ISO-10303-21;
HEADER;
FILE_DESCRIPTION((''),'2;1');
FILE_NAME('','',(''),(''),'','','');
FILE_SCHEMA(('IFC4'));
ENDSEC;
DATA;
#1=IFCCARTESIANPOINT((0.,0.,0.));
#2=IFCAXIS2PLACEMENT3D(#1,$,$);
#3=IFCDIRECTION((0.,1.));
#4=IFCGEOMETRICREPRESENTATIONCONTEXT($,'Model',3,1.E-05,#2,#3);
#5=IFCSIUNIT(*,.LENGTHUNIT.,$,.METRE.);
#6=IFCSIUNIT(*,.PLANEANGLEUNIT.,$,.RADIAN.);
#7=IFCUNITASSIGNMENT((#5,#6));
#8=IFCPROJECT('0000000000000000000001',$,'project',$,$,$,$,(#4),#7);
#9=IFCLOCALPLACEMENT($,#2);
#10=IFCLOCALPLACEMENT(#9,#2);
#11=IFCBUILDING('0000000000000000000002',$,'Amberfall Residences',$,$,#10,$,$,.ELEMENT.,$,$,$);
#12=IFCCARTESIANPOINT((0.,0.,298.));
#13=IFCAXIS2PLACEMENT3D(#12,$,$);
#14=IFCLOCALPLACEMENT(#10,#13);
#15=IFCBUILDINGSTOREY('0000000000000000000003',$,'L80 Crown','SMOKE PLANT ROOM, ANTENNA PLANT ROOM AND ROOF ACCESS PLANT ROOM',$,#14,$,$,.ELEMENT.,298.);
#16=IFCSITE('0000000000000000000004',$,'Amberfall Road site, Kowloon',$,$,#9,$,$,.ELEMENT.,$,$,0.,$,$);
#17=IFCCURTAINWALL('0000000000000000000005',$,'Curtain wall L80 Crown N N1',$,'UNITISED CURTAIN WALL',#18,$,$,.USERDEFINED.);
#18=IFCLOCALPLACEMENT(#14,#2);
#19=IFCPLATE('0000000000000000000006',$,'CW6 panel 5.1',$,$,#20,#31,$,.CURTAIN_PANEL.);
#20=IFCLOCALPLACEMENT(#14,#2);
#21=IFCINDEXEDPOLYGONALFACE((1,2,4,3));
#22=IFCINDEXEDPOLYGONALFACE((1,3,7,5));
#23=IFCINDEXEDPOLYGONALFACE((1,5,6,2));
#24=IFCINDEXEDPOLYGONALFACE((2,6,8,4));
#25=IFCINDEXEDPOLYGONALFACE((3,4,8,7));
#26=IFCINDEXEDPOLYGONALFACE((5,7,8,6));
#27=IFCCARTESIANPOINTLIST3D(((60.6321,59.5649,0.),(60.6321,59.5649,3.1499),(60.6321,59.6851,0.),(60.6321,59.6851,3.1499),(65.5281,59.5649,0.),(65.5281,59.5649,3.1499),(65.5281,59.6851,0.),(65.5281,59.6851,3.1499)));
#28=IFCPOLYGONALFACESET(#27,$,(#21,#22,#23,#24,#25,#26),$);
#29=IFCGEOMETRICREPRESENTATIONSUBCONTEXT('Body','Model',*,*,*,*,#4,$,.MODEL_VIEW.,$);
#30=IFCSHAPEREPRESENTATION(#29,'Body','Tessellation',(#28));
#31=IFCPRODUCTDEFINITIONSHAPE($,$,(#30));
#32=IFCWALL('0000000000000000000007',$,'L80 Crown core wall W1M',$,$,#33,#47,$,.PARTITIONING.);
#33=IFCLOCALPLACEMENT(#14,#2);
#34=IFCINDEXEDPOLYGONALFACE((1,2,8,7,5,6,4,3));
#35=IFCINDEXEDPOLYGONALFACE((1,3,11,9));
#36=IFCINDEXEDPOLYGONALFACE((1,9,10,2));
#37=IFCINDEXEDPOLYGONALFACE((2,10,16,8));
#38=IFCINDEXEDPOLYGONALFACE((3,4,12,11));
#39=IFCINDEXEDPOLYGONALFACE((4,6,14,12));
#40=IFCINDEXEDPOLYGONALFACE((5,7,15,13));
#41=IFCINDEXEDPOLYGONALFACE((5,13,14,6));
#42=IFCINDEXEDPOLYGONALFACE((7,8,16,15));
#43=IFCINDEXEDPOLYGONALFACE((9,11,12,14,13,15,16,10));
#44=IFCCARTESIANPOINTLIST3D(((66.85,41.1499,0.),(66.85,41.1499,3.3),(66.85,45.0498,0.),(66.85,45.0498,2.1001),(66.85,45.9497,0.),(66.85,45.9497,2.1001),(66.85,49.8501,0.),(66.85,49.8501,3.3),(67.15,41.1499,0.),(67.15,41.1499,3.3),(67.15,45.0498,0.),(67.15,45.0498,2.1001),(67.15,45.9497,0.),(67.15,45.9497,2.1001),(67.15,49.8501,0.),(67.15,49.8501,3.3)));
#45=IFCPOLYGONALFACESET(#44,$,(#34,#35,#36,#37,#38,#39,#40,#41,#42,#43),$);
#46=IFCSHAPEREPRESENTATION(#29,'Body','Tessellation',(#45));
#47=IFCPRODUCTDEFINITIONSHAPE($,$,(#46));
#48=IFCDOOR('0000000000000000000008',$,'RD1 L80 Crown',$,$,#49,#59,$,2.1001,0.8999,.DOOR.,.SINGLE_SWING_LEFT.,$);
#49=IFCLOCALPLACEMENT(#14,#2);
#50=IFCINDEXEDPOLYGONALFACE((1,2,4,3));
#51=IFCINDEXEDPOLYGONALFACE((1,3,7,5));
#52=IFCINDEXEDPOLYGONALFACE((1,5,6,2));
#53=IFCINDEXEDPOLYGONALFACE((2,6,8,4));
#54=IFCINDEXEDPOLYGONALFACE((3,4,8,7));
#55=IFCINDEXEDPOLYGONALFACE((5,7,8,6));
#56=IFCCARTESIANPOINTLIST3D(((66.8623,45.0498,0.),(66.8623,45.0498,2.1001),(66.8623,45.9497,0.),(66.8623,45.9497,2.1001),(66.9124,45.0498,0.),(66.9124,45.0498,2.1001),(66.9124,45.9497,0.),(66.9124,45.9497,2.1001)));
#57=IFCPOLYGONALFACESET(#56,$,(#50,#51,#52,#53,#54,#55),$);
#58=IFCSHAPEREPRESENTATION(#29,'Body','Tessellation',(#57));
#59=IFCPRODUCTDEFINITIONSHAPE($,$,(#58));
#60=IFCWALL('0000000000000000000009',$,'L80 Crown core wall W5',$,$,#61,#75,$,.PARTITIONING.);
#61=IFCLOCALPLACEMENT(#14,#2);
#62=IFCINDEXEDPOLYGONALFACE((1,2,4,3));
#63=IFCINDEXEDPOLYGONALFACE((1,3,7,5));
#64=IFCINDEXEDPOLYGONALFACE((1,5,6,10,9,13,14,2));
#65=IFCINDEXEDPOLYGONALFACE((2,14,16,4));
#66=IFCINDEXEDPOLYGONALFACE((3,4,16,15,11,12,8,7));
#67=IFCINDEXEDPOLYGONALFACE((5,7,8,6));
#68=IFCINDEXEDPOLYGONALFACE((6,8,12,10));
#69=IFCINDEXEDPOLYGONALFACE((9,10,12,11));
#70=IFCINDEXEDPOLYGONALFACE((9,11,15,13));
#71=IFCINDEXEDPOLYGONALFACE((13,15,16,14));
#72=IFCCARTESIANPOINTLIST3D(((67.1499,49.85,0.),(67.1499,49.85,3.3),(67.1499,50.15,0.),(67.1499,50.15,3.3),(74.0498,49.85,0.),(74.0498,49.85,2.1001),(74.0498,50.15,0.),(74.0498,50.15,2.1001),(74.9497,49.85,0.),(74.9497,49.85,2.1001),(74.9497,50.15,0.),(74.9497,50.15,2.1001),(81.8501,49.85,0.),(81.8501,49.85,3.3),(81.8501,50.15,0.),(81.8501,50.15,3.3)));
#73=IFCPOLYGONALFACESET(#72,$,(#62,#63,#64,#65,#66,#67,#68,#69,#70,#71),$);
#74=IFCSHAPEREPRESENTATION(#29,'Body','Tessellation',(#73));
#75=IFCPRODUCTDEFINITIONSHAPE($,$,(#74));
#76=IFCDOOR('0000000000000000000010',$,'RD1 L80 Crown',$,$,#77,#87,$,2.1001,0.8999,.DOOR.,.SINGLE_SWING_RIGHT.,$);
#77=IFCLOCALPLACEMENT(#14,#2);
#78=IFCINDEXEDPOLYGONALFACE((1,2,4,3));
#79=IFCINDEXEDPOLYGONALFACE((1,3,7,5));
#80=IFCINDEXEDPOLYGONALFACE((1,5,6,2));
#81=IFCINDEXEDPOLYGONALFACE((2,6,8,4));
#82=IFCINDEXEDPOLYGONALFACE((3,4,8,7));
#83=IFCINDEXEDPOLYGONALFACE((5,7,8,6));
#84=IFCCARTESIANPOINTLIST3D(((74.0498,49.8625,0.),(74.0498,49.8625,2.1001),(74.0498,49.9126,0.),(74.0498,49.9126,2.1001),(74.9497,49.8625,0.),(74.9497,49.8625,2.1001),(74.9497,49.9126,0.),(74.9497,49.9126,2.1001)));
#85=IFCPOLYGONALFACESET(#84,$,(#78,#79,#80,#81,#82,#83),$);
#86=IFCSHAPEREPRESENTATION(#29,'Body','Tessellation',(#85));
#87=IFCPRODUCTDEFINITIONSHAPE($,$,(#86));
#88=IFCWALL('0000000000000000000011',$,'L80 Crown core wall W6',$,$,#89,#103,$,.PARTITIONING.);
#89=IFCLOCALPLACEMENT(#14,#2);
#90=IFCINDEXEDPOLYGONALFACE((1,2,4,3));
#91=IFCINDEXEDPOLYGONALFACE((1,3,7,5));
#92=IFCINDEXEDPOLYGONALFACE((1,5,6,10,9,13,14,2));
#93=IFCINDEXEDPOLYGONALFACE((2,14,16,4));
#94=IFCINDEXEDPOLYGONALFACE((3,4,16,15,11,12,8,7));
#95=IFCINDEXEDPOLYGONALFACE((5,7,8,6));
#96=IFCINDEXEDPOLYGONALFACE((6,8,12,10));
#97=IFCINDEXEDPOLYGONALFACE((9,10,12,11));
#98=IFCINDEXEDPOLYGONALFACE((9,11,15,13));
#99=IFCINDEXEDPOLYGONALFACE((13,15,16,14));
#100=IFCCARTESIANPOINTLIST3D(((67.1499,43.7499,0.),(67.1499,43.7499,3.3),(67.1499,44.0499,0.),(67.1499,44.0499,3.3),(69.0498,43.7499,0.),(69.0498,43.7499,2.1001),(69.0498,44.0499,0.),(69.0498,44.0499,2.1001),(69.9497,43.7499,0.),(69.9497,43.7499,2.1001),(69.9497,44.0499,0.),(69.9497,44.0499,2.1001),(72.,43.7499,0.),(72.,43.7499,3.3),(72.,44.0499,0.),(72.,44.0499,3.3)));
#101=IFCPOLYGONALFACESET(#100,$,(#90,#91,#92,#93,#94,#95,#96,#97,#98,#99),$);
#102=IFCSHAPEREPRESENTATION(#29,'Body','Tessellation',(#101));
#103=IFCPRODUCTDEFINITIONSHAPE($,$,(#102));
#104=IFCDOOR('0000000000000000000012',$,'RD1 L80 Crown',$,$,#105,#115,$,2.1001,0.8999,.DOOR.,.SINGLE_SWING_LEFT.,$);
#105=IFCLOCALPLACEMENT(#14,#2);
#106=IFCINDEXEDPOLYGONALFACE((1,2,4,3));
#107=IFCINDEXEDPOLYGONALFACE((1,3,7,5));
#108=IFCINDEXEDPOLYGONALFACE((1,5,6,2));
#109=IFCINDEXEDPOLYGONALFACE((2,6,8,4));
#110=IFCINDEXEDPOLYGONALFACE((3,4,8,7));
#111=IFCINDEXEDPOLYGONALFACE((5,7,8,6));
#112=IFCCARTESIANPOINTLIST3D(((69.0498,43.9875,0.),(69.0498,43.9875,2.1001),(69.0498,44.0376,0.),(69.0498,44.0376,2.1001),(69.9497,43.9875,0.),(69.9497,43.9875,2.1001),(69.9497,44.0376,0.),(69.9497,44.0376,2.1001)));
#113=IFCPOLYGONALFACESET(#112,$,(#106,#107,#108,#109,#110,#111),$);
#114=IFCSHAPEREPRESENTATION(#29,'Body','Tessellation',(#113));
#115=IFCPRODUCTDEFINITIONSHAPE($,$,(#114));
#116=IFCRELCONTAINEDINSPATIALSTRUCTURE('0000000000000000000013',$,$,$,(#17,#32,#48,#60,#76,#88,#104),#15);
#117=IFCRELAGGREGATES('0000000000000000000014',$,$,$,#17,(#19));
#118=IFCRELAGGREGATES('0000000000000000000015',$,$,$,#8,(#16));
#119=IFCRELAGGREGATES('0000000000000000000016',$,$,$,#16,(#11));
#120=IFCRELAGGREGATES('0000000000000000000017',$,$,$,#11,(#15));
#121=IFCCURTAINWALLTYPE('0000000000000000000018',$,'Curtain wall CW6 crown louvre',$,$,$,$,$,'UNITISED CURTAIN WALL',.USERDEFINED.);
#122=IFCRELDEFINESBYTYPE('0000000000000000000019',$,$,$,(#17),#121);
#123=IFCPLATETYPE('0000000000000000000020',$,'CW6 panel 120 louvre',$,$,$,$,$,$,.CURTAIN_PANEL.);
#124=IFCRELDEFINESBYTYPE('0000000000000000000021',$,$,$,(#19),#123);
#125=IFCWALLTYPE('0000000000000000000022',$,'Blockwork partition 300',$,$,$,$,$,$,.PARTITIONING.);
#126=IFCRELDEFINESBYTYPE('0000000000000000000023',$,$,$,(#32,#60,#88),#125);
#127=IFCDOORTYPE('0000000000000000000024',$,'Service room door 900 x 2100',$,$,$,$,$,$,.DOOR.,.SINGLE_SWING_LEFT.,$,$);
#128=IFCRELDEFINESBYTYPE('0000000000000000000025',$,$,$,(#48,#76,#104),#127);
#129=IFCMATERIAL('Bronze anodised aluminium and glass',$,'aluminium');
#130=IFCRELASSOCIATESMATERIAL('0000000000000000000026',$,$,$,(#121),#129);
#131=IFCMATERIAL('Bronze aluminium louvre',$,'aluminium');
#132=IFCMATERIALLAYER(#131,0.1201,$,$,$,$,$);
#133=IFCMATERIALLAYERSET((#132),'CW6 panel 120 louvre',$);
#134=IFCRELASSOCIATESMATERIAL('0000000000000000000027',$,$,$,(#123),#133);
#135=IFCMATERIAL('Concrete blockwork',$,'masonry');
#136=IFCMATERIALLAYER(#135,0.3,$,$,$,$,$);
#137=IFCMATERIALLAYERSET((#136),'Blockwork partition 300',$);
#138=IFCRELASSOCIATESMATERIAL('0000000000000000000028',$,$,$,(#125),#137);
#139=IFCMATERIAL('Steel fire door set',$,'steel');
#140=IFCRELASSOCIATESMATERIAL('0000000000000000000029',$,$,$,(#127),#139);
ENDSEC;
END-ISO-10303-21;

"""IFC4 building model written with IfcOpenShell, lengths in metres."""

from ifc_helpers import new_model, si_unit, direction, frame, frame_2d, origin, origin_2d, place, context, subcontext, project, spatial, rectangle, extrude, material, layer, layer_set, type_object, element, fill, aggregate, save


model = new_model("IFC4")

# Units and contexts
model_context = context("Model", 3, precision=1e-05, world=origin(), true_north=direction((0.0, 1.0)))
body_context = subcontext(model_context, "Body", "Model", "MODEL_VIEW")
ifc_project = project(units=[si_unit("LENGTHUNIT", "METRE"), si_unit("PLANEANGLEUNIT", "RADIAN")], contexts=[model_context])

# Site, building, storey
site_placement = place(None, origin())
site = spatial("IfcSite", under=ifc_project, at=site_placement, Name="Amberfall Road site, Kowloon", CompositionType="ELEMENT", RefElevation=0.0)
building_placement = place(site_placement, origin())
building = spatial("IfcBuilding", under=site, at=building_placement, Name="Amberfall Residences", CompositionType="ELEMENT")
storey_placement = place(building_placement, frame((0.0, 0.0, 298.0)))
storey = spatial("IfcBuildingStorey", under=building, at=storey_placement, Name="L80 Crown", Description="SMOKE PLANT ROOM, ANTENNA PLANT ROOM AND ROOF ACCESS PLANT ROOM", CompositionType="ELEMENT", Elevation=298.0)

# Curtain wall
ifc_material_1 = material(Name="Bronze anodised aluminium and glass", Category="aluminium")
curtain_wall_type = type_object("IfcCurtainWallType", Name="Curtain wall CW6 crown louvre", ElementType="UNITISED CURTAIN WALL", PredefinedType="USERDEFINED", material=ifc_material_1)
curtain_wall_placement = place(storey_placement, origin())
curtain_wall = element("IfcCurtainWall", 1, at=curtain_wall_placement, inside=storey, type_object=curtain_wall_type, Name="Curtain wall L80 Crown N N1", ObjectType="UNITISED CURTAIN WALL", PredefinedType="USERDEFINED")

# Plate
ifc_material_2 = material(Name="Bronze aluminium louvre", Category="aluminium")
ifc_layer_1 = layer(ifc_material_2, 0.1201)
ifc_layer_set_1 = layer_set([ifc_layer_1], Name="CW6 panel 120 louvre")
plate_type = type_object("IfcPlateType", Name="CW6 panel 120 louvre", PredefinedType="CURTAIN_PANEL", material=ifc_layer_set_1)
plate_1_placement = place(storey_placement, frame((63.0801, 59.625, 0.0), z_axis=(0.0, 0.0, 1.0), x_axis=(-1.0, 0.0, 0.0)))
plate_1 = element("IfcPlate", 2, at=plate_1_placement, type_object=plate_type, Name="CW6 panel 5.1", PredefinedType="CURTAIN_PANEL", context=body_context, shape_type="SweptSolid", body=[
    extrude(rectangle(XDim=4.896, YDim=0.1201, at=origin_2d()), origin(), (0.0, 0.0, 1.0), 3.1499),
])
aggregate(curtain_wall, [plate_1])

# Walls, openings, doors
ifc_material_3 = material(Name="Concrete blockwork", Category="masonry")
ifc_layer_2 = layer(ifc_material_3, 0.3)
ifc_layer_set_2 = layer_set([ifc_layer_2], Name="Blockwork partition 300")
wall_type_1 = type_object("IfcWallType", Name="Blockwork partition 300", PredefinedType="PARTITIONING", material=ifc_layer_set_2)
wall_1_placement = place(storey_placement, frame((67.0, 41.1499, 0.0), z_axis=(0.0, 0.0, 1.0), x_axis=(0.0, 1.0, 0.0)))
wall_1 = element("IfcWall", 3, at=wall_1_placement, inside=storey, type_object=wall_type_1, Name="L80 Crown core wall W1M", PredefinedType="PARTITIONING", context=body_context, shape_type="SweptSolid", body=[
    extrude(rectangle(XDim=8.7002, YDim=0.3, at=frame_2d((4.3501, 0.0))), origin(), (0.0, 0.0, 1.0), 3.3),
])
opening_1_placement = place(wall_1_placement, frame((3.8999, 0.0, 0.0)))
opening_1 = element("IfcOpeningElement", 4, at=opening_1_placement, cuts=wall_1, PredefinedType="OPENING", context=body_context, shape_type="SweptSolid", body=[
    extrude(rectangle(XDim=0.8999, YDim=2.1001, at=frame_2d((0.45, 1.05))), frame((0.0, 0.1599, 0.0), z_axis=(0.0, -1.0, 0.0), x_axis=(1.0, 0.0, 0.0)), (0.0, 0.0, 1.0), 0.3201),
])
ifc_material_4 = material(Name="Steel fire door set", Category="steel")
door_type_1 = type_object("IfcDoorType", Name="Service room door 900 x 2100", OperationType="SINGLE_SWING_LEFT", PredefinedType="DOOR", material=ifc_material_4)
door_1_placement = place(opening_1_placement, origin())
door_1 = element("IfcDoor", 5, at=door_1_placement, inside=storey, type_object=door_type_1, Name="RD1 L80 Crown", OperationType="SINGLE_SWING_LEFT", OverallHeight=2.1001, OverallWidth=0.8999, PredefinedType="DOOR", context=body_context, shape_type="SweptSolid", body=[
    extrude(rectangle(XDim=0.8999, YDim=2.1001, at=frame_2d((0.45, 1.05))), frame((0.0, 0.1377, 0.0), z_axis=(0.0, -1.0, 0.0), x_axis=(1.0, 0.0, 0.0)), (0.0, 0.0, 1.0), 0.05),
])
fill(opening_1, door_1)
wall_2_placement = place(storey_placement, frame((67.1499, 50.0, 0.0), z_axis=(0.0, 0.0, 1.0), x_axis=(1.0, 0.0, 0.0)))
wall_2 = element("IfcWall", 6, at=wall_2_placement, inside=storey, type_object=wall_type_1, Name="L80 Crown core wall W5", PredefinedType="PARTITIONING", context=body_context, shape_type="SweptSolid", body=[
    extrude(rectangle(XDim=14.7002, YDim=0.3, at=frame_2d((7.3501, 0.0))), origin(), (0.0, 0.0, 1.0), 3.3),
])
opening_2_placement = place(wall_2_placement, frame((6.8999, 0.0, 0.0)))
opening_2 = element("IfcOpeningElement", 7, at=opening_2_placement, cuts=wall_2, PredefinedType="OPENING", context=body_context, shape_type="SweptSolid", body=[
    extrude(rectangle(XDim=0.8999, YDim=2.1001, at=frame_2d((0.45, 1.05))), frame((0.0, 0.1599, 0.0), z_axis=(0.0, -1.0, 0.0), x_axis=(1.0, 0.0, 0.0)), (0.0, 0.0, 1.0), 0.3201),
])
door_2_placement = place(opening_2_placement, origin())
door_2 = element("IfcDoor", 8, at=door_2_placement, inside=storey, type_object=door_type_1, Name="RD1 L80 Crown", OperationType="SINGLE_SWING_RIGHT", OverallHeight=2.1001, OverallWidth=0.8999, PredefinedType="DOOR", context=body_context, shape_type="SweptSolid", body=[
    extrude(rectangle(XDim=0.8999, YDim=2.1001, at=frame_2d((0.45, 1.05))), frame((0.0, -0.0874, 0.0), z_axis=(0.0, -1.0, 0.0), x_axis=(1.0, 0.0, 0.0)), (0.0, 0.0, 1.0), 0.05),
])
fill(opening_2, door_2)
wall_3_placement = place(storey_placement, frame((67.1499, 43.8999, 0.0), z_axis=(0.0, 0.0, 1.0), x_axis=(1.0, 0.0, 0.0)))
wall_3 = element("IfcWall", 9, at=wall_3_placement, inside=storey, type_object=wall_type_1, Name="L80 Crown core wall W6", PredefinedType="PARTITIONING", context=body_context, shape_type="SweptSolid", body=[
    extrude(rectangle(XDim=4.8501, YDim=0.3, at=frame_2d((2.425, 0.0))), origin(), (0.0, 0.0, 1.0), 3.3),
])
opening_3_placement = place(wall_3_placement, frame((1.8999, 0.0, 0.0)))
opening_3 = element("IfcOpeningElement", 10, at=opening_3_placement, cuts=wall_3, PredefinedType="OPENING", context=body_context, shape_type="SweptSolid", body=[
    extrude(rectangle(XDim=0.8999, YDim=2.1001, at=frame_2d((0.45, 1.05))), frame((0.0, 0.1599, 0.0), z_axis=(0.0, -1.0, 0.0), x_axis=(1.0, 0.0, 0.0)), (0.0, 0.0, 1.0), 0.3201),
])
door_3_placement = place(opening_3_placement, origin())
door_3 = element("IfcDoor", 11, at=door_3_placement, inside=storey, type_object=door_type_1, Name="RD1 L80 Crown", OperationType="SINGLE_SWING_LEFT", OverallHeight=2.1001, OverallWidth=0.8999, PredefinedType="DOOR", context=body_context, shape_type="SweptSolid", body=[
    extrude(rectangle(XDim=0.8999, YDim=2.1001, at=frame_2d((0.45, 1.05))), frame((0.0, 0.1377, 0.0), z_axis=(0.0, -1.0, 0.0), x_axis=(1.0, 0.0, 0.0)), (0.0, 0.0, 1.0), 0.05),
])
fill(opening_3, door_3)

save(model, "model.ifc")
